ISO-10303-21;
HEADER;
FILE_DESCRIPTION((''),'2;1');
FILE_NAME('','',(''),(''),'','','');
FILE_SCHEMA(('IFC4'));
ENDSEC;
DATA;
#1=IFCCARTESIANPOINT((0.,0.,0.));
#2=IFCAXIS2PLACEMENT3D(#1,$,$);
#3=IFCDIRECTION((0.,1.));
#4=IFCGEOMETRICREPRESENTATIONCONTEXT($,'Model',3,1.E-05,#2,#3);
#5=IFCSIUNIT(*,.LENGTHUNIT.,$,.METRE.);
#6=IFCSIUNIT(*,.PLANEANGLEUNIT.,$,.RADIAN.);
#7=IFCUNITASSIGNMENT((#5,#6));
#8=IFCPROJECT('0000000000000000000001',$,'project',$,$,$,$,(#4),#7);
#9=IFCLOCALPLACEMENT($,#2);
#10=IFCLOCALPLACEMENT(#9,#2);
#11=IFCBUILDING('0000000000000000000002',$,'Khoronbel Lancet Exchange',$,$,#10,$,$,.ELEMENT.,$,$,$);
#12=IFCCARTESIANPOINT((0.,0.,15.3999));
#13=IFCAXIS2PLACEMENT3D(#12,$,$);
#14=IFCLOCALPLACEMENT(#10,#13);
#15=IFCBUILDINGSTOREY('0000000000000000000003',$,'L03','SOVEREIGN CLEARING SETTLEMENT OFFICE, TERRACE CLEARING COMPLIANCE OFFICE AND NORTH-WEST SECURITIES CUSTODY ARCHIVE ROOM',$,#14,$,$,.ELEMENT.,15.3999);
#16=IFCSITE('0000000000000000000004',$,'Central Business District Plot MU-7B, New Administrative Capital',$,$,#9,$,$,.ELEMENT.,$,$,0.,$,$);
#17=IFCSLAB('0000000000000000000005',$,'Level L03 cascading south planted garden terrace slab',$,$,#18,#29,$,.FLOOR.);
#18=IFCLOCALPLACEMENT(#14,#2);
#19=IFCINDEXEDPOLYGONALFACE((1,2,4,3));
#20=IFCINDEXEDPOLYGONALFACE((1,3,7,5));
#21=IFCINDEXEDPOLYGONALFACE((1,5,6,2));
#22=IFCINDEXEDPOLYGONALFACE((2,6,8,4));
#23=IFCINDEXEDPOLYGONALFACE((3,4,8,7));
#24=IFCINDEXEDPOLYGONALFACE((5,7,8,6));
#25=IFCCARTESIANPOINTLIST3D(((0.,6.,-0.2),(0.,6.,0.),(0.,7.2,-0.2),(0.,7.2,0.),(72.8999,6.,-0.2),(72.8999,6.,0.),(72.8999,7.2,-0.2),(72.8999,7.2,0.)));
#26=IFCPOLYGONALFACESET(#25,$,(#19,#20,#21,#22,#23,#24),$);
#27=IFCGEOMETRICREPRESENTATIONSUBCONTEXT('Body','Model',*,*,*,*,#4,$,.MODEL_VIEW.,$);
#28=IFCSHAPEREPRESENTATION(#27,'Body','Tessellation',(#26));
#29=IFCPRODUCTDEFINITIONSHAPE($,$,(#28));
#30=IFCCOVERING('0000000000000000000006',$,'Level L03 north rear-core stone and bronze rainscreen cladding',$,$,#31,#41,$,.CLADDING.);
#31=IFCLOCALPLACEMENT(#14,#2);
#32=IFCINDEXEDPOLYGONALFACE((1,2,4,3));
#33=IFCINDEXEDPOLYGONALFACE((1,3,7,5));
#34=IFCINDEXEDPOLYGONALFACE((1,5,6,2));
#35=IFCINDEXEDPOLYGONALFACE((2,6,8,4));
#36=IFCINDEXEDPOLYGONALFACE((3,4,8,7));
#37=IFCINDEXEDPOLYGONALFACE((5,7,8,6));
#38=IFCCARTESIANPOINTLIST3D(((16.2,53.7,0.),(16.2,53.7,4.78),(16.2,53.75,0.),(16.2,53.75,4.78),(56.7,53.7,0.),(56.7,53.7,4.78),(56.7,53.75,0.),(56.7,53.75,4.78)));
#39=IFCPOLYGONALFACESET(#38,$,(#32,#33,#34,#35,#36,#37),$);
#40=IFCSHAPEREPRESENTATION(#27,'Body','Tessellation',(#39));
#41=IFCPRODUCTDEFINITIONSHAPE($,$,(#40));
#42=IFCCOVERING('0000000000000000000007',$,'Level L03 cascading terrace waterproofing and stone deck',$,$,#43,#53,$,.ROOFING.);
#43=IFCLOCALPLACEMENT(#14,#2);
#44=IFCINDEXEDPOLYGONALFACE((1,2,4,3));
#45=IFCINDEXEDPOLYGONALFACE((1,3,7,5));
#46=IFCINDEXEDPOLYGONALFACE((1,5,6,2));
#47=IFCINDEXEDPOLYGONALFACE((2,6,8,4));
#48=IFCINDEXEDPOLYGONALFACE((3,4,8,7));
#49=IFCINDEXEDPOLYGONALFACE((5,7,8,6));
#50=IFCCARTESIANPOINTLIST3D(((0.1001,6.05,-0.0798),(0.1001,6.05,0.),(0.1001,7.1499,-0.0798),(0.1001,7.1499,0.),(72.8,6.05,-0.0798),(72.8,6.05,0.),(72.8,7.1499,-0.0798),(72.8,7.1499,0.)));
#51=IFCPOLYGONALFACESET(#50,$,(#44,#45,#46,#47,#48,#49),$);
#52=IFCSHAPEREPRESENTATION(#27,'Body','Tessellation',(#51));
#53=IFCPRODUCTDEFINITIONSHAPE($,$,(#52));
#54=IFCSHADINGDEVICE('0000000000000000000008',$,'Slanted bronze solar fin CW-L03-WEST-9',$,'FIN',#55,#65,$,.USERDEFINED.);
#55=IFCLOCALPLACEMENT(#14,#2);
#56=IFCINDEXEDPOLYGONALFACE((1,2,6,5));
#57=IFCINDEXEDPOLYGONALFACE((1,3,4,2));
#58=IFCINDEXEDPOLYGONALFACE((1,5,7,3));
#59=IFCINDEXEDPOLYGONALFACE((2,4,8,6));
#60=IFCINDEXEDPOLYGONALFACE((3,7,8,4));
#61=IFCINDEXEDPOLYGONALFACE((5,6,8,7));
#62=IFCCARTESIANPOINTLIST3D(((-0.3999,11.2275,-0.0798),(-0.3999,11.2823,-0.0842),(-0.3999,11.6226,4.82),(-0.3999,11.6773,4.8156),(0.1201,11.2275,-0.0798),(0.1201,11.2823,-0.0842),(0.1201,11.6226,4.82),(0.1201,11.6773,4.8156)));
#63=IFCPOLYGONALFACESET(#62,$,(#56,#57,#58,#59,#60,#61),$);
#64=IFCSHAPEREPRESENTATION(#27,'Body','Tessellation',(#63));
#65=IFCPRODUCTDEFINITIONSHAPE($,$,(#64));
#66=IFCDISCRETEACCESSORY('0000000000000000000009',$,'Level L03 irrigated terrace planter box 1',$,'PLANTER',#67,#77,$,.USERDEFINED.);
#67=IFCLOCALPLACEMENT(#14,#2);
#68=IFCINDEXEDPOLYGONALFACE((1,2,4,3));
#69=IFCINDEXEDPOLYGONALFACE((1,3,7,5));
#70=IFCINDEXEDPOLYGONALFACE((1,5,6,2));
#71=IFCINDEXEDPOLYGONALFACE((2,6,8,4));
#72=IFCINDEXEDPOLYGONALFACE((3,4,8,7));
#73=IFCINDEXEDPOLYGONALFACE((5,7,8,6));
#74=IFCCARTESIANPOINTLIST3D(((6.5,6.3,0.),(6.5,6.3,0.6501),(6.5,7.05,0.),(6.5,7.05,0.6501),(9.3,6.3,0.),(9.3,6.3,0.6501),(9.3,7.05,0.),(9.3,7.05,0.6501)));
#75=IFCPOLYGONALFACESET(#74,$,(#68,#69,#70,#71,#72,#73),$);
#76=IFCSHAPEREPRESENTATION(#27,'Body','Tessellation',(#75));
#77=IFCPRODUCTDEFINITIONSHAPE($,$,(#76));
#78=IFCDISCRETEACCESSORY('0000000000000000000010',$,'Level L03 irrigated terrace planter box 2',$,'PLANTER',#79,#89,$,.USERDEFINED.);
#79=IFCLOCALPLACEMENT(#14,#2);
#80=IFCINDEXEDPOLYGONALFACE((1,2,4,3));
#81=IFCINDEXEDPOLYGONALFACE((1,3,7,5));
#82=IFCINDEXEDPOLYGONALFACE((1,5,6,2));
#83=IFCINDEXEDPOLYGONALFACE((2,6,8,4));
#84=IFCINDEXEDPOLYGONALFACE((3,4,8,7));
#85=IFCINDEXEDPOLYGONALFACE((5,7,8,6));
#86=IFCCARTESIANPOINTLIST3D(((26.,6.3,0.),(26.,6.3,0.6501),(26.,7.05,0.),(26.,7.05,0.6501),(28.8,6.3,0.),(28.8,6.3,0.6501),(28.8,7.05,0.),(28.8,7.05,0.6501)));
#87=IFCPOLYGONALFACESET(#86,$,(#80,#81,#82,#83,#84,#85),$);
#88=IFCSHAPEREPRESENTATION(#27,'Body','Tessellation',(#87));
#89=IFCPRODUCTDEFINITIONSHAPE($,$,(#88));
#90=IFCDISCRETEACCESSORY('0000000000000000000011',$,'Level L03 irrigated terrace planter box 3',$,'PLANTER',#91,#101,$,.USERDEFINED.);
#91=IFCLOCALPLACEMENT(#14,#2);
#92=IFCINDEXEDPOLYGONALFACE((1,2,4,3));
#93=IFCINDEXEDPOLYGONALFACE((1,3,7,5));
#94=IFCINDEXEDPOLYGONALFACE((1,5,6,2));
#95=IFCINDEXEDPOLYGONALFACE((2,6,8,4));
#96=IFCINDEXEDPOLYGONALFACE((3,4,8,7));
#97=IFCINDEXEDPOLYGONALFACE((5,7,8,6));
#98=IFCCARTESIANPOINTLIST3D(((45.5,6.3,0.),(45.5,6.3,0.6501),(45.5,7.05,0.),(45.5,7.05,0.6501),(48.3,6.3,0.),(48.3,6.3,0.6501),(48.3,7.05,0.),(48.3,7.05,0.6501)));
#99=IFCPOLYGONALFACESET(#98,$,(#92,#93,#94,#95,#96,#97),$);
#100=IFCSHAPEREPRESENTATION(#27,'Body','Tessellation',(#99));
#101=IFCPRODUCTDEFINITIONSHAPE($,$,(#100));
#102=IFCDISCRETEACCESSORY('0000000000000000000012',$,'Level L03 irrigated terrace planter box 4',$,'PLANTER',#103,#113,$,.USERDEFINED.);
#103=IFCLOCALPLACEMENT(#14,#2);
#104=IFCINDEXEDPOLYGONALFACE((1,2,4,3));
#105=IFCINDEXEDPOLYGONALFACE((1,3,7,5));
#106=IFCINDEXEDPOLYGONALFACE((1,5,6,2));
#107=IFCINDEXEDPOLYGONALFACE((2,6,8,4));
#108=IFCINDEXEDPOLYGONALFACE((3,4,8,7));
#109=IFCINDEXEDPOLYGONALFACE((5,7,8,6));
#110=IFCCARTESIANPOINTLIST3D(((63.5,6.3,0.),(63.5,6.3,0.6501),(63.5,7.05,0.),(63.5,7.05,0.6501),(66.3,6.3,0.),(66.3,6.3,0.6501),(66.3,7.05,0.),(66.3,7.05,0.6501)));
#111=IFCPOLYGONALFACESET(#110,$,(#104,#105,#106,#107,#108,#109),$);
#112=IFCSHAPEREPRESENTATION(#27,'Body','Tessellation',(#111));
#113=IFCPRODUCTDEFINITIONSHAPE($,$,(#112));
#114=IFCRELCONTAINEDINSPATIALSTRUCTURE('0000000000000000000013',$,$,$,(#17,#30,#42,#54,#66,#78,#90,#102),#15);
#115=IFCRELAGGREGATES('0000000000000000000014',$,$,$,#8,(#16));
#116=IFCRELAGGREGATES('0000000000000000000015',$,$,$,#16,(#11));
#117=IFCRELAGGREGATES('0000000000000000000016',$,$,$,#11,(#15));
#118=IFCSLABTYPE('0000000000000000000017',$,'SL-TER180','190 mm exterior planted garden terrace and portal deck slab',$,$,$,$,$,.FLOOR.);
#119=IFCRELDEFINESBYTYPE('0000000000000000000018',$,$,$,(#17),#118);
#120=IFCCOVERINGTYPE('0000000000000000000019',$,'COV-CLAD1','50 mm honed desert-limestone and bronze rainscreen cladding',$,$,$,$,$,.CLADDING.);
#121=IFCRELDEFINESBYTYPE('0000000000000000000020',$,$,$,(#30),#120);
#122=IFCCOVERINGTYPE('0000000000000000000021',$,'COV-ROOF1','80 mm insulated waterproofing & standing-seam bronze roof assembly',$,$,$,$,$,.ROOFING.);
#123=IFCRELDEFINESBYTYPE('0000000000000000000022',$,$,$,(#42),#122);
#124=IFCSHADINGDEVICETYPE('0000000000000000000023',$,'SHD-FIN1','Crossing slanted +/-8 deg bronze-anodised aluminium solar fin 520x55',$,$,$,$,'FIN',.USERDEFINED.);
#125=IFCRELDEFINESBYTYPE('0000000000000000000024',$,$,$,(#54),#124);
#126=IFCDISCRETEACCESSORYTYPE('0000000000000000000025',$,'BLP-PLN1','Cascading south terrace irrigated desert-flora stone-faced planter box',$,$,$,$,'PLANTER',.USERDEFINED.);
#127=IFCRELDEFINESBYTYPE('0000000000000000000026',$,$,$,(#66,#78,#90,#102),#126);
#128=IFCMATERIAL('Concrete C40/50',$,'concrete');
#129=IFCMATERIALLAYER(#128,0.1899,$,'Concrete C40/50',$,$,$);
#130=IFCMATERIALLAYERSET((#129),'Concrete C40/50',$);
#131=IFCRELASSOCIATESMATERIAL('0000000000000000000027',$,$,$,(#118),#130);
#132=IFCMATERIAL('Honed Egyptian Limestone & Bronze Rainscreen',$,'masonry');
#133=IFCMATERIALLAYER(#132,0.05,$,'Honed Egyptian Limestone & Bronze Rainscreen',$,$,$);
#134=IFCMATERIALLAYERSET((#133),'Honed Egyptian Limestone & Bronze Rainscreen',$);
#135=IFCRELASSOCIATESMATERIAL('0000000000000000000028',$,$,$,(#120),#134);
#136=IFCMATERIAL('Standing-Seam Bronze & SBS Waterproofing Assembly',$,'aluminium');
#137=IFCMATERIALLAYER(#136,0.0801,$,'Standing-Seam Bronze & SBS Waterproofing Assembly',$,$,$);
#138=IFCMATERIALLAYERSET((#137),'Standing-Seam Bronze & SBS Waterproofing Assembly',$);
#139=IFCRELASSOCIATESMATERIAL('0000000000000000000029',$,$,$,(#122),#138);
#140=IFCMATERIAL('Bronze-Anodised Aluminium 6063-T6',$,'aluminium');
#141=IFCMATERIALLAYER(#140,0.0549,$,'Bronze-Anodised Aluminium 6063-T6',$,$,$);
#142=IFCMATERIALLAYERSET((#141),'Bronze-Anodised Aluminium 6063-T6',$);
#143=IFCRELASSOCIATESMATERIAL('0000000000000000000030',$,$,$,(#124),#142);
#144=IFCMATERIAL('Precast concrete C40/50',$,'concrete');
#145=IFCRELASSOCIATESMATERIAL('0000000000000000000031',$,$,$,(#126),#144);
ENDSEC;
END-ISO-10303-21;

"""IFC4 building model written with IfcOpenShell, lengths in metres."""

from ifc_helpers import new_model, si_unit, direction, frame, origin, place, context, subcontext, project, spatial, polyline, outline, extrude, material, layer, layer_set, type_object, element, save


model = new_model("IFC4")

# Units and contexts
model_context = context("Model", 3, precision=1e-05, world=origin(), true_north=direction((0.0, 1.0)))
body_context = subcontext(model_context, "Body", "Model", "MODEL_VIEW")
ifc_project = project(units=[si_unit("LENGTHUNIT", "METRE"), si_unit("PLANEANGLEUNIT", "RADIAN")], contexts=[model_context])

# Site, building, storey
site_placement = place(None, origin())
site = spatial("IfcSite", under=ifc_project, at=site_placement, Name="Central Business District Plot MU-7B, New Administrative Capital", CompositionType="ELEMENT", RefElevation=0.0)
building_placement = place(site_placement, origin())
building = spatial("IfcBuilding", under=site, at=building_placement, Name="Khoronbel Lancet Exchange", CompositionType="ELEMENT")
storey_placement = place(building_placement, frame((0.0, 0.0, 15.3999)))
storey = spatial("IfcBuildingStorey", under=building, at=storey_placement, Name="L03", Description="SOVEREIGN CLEARING SETTLEMENT OFFICE, TERRACE CLEARING COMPLIANCE OFFICE AND NORTH-WEST SECURITIES CUSTODY ARCHIVE ROOM", CompositionType="ELEMENT", Elevation=15.3999)

# Shared definitions
ifc_material_1 = material(Name="Bronze-Anodised Aluminium 6063-T6", Category="aluminium")

# Shared definitions
ifc_material_2 = material(Name="Concrete C40/50", Category="concrete")

# Slab
ifc_layer_1 = layer(ifc_material_2, 0.1899, Name="Concrete C40/50")
ifc_layer_set_1 = layer_set([ifc_layer_1], Name="Concrete C40/50")
slab_type_1 = type_object("IfcSlabType", Name="SL-TER180", Description="190 mm exterior planted garden terrace and portal deck slab", PredefinedType="FLOOR", material=ifc_layer_set_1)
slab_1_placement = place(storey_placement, frame((0.0, 0.0, -0.2)))
element("IfcSlab", 1, at=slab_1_placement, inside=storey, type_object=slab_type_1, Name="Level L03 cascading south planted garden terrace slab", PredefinedType="FLOOR", context=body_context, shape_type="SweptSolid", body=[
    extrude(outline(polyline([(0.0, 6.0), (72.8999, 6.0), (72.8999, 7.2), (0.0, 7.2), (0.0, 6.0)])), origin(), (0.0, 0.0, 1.0), 0.2),
])

# Coverings
ifc_material_3 = material(Name="Honed Egyptian Limestone & Bronze Rainscreen", Category="masonry")
ifc_layer_2 = layer(ifc_material_3, 0.05, Name="Honed Egyptian Limestone & Bronze Rainscreen")
ifc_layer_set_2 = layer_set([ifc_layer_2], Name="Honed Egyptian Limestone & Bronze Rainscreen")
covering_type_1 = type_object("IfcCoveringType", Name="COV-CLAD1", Description="50 mm honed desert-limestone and bronze rainscreen cladding", PredefinedType="CLADDING", material=ifc_layer_set_2)
covering_1_placement = place(storey_placement, origin())
element("IfcCovering", 2, at=covering_1_placement, inside=storey, type_object=covering_type_1, Name="Level L03 north rear-core stone and bronze rainscreen cladding", PredefinedType="CLADDING", context=body_context, shape_type="SweptSolid", body=[
    extrude(outline(polyline([(16.2, 53.7), (56.7, 53.7), (56.7, 53.75), (16.2, 53.75), (16.2, 53.7)])), origin(), (0.0, 0.0, 1.0), 4.78),
])
ifc_material_4 = material(Name="Standing-Seam Bronze & SBS Waterproofing Assembly", Category="aluminium")
ifc_layer_3 = layer(ifc_material_4, 0.0801, Name="Standing-Seam Bronze & SBS Waterproofing Assembly")
ifc_layer_set_3 = layer_set([ifc_layer_3], Name="Standing-Seam Bronze & SBS Waterproofing Assembly")
covering_type_2 = type_object("IfcCoveringType", Name="COV-ROOF1", Description="80 mm insulated waterproofing & standing-seam bronze roof assembly", PredefinedType="ROOFING", material=ifc_layer_set_3)
covering_2_placement = place(storey_placement, frame((0.0, 0.0, -0.0798)))
element("IfcCovering", 3, at=covering_2_placement, inside=storey, type_object=covering_type_2, Name="Level L03 cascading terrace waterproofing and stone deck", PredefinedType="ROOFING", context=body_context, shape_type="SweptSolid", body=[
    extrude(outline(polyline([(0.1001, 6.05), (72.8, 6.05), (72.8, 7.1499), (0.1001, 7.1499), (0.1001, 6.05)])), origin(), (0.0, 0.0, 1.0), 0.0798),
])

# Shading device
ifc_layer_4 = layer(ifc_material_1, 0.0549, Name="Bronze-Anodised Aluminium 6063-T6")
ifc_layer_set_4 = layer_set([ifc_layer_4], Name="Bronze-Anodised Aluminium 6063-T6")
shading_device_type = type_object("IfcShadingDeviceType", Name="SHD-FIN1", Description="Crossing slanted +/-8 deg bronze-anodised aluminium solar fin 520x55", ElementType="FIN", PredefinedType="USERDEFINED", material=ifc_layer_set_4)
shading_device_placement = place(storey_placement, frame((0.1201, 11.2275, -0.0798), z_axis=(0.0, -0.996766, 0.080357), x_axis=(-1.0, 0.0, 0.0)))
element("IfcShadingDevice", 4, at=shading_device_placement, inside=storey, type_object=shading_device_type, Name="Slanted bronze solar fin CW-L03-WEST-9", ObjectType="FIN", PredefinedType="USERDEFINED", context=body_context, shape_type="SweptSolid", body=[
    extrude(outline(polyline([(0.0, 0.0), (0.52, 0.0), (0.52, -4.9158), (0.0, -4.9158), (0.0, 0.0)])), origin(), (0.0, 0.0, -1.0), 0.0549),
])

# Discrete accessories
ifc_material_5 = material(Name="Precast concrete C40/50", Category="concrete")
discrete_accessory_type = type_object("IfcDiscreteAccessoryType", Name="BLP-PLN1", Description="Cascading south terrace irrigated desert-flora stone-faced planter box", ElementType="PLANTER", PredefinedType="USERDEFINED", material=ifc_material_5)
discrete_accessory_1_placement = place(storey_placement, origin())
element("IfcDiscreteAccessory", 5, at=discrete_accessory_1_placement, inside=storey, type_object=discrete_accessory_type, Name="Level L03 irrigated terrace planter box 1", ObjectType="PLANTER", PredefinedType="USERDEFINED", context=body_context, shape_type="SweptSolid", body=[
    extrude(outline(polyline([(6.5, 6.3), (9.3, 6.3), (9.3, 7.05), (6.5, 7.05), (6.5, 6.3)])), origin(), (0.0, 0.0, 1.0), 0.6501),
])
discrete_accessory_2_placement = place(storey_placement, origin())
element("IfcDiscreteAccessory", 6, at=discrete_accessory_2_placement, inside=storey, type_object=discrete_accessory_type, Name="Level L03 irrigated terrace planter box 2", ObjectType="PLANTER", PredefinedType="USERDEFINED", context=body_context, shape_type="SweptSolid", body=[
    extrude(outline(polyline([(26.0, 6.3), (28.8, 6.3), (28.8, 7.05), (26.0, 7.05), (26.0, 6.3)])), origin(), (0.0, 0.0, 1.0), 0.6501),
])
discrete_accessory_3_placement = place(storey_placement, origin())
element("IfcDiscreteAccessory", 7, at=discrete_accessory_3_placement, inside=storey, type_object=discrete_accessory_type, Name="Level L03 irrigated terrace planter box 3", ObjectType="PLANTER", PredefinedType="USERDEFINED", context=body_context, shape_type="SweptSolid", body=[
    extrude(outline(polyline([(45.5, 6.3), (48.3, 6.3), (48.3, 7.05), (45.5, 7.05), (45.5, 6.3)])), origin(), (0.0, 0.0, 1.0), 0.6501),
])
discrete_accessory_4_placement = place(storey_placement, origin())
element("IfcDiscreteAccessory", 8, at=discrete_accessory_4_placement, inside=storey, type_object=discrete_accessory_type, Name="Level L03 irrigated terrace planter box 4", ObjectType="PLANTER", PredefinedType="USERDEFINED", context=body_context, shape_type="SweptSolid", body=[
    extrude(outline(polyline([(63.5, 6.3), (66.3, 6.3), (66.3, 7.05), (63.5, 7.05), (63.5, 6.3)])), origin(), (0.0, 0.0, 1.0), 0.6501),
])

save(model, "model.ifc")
